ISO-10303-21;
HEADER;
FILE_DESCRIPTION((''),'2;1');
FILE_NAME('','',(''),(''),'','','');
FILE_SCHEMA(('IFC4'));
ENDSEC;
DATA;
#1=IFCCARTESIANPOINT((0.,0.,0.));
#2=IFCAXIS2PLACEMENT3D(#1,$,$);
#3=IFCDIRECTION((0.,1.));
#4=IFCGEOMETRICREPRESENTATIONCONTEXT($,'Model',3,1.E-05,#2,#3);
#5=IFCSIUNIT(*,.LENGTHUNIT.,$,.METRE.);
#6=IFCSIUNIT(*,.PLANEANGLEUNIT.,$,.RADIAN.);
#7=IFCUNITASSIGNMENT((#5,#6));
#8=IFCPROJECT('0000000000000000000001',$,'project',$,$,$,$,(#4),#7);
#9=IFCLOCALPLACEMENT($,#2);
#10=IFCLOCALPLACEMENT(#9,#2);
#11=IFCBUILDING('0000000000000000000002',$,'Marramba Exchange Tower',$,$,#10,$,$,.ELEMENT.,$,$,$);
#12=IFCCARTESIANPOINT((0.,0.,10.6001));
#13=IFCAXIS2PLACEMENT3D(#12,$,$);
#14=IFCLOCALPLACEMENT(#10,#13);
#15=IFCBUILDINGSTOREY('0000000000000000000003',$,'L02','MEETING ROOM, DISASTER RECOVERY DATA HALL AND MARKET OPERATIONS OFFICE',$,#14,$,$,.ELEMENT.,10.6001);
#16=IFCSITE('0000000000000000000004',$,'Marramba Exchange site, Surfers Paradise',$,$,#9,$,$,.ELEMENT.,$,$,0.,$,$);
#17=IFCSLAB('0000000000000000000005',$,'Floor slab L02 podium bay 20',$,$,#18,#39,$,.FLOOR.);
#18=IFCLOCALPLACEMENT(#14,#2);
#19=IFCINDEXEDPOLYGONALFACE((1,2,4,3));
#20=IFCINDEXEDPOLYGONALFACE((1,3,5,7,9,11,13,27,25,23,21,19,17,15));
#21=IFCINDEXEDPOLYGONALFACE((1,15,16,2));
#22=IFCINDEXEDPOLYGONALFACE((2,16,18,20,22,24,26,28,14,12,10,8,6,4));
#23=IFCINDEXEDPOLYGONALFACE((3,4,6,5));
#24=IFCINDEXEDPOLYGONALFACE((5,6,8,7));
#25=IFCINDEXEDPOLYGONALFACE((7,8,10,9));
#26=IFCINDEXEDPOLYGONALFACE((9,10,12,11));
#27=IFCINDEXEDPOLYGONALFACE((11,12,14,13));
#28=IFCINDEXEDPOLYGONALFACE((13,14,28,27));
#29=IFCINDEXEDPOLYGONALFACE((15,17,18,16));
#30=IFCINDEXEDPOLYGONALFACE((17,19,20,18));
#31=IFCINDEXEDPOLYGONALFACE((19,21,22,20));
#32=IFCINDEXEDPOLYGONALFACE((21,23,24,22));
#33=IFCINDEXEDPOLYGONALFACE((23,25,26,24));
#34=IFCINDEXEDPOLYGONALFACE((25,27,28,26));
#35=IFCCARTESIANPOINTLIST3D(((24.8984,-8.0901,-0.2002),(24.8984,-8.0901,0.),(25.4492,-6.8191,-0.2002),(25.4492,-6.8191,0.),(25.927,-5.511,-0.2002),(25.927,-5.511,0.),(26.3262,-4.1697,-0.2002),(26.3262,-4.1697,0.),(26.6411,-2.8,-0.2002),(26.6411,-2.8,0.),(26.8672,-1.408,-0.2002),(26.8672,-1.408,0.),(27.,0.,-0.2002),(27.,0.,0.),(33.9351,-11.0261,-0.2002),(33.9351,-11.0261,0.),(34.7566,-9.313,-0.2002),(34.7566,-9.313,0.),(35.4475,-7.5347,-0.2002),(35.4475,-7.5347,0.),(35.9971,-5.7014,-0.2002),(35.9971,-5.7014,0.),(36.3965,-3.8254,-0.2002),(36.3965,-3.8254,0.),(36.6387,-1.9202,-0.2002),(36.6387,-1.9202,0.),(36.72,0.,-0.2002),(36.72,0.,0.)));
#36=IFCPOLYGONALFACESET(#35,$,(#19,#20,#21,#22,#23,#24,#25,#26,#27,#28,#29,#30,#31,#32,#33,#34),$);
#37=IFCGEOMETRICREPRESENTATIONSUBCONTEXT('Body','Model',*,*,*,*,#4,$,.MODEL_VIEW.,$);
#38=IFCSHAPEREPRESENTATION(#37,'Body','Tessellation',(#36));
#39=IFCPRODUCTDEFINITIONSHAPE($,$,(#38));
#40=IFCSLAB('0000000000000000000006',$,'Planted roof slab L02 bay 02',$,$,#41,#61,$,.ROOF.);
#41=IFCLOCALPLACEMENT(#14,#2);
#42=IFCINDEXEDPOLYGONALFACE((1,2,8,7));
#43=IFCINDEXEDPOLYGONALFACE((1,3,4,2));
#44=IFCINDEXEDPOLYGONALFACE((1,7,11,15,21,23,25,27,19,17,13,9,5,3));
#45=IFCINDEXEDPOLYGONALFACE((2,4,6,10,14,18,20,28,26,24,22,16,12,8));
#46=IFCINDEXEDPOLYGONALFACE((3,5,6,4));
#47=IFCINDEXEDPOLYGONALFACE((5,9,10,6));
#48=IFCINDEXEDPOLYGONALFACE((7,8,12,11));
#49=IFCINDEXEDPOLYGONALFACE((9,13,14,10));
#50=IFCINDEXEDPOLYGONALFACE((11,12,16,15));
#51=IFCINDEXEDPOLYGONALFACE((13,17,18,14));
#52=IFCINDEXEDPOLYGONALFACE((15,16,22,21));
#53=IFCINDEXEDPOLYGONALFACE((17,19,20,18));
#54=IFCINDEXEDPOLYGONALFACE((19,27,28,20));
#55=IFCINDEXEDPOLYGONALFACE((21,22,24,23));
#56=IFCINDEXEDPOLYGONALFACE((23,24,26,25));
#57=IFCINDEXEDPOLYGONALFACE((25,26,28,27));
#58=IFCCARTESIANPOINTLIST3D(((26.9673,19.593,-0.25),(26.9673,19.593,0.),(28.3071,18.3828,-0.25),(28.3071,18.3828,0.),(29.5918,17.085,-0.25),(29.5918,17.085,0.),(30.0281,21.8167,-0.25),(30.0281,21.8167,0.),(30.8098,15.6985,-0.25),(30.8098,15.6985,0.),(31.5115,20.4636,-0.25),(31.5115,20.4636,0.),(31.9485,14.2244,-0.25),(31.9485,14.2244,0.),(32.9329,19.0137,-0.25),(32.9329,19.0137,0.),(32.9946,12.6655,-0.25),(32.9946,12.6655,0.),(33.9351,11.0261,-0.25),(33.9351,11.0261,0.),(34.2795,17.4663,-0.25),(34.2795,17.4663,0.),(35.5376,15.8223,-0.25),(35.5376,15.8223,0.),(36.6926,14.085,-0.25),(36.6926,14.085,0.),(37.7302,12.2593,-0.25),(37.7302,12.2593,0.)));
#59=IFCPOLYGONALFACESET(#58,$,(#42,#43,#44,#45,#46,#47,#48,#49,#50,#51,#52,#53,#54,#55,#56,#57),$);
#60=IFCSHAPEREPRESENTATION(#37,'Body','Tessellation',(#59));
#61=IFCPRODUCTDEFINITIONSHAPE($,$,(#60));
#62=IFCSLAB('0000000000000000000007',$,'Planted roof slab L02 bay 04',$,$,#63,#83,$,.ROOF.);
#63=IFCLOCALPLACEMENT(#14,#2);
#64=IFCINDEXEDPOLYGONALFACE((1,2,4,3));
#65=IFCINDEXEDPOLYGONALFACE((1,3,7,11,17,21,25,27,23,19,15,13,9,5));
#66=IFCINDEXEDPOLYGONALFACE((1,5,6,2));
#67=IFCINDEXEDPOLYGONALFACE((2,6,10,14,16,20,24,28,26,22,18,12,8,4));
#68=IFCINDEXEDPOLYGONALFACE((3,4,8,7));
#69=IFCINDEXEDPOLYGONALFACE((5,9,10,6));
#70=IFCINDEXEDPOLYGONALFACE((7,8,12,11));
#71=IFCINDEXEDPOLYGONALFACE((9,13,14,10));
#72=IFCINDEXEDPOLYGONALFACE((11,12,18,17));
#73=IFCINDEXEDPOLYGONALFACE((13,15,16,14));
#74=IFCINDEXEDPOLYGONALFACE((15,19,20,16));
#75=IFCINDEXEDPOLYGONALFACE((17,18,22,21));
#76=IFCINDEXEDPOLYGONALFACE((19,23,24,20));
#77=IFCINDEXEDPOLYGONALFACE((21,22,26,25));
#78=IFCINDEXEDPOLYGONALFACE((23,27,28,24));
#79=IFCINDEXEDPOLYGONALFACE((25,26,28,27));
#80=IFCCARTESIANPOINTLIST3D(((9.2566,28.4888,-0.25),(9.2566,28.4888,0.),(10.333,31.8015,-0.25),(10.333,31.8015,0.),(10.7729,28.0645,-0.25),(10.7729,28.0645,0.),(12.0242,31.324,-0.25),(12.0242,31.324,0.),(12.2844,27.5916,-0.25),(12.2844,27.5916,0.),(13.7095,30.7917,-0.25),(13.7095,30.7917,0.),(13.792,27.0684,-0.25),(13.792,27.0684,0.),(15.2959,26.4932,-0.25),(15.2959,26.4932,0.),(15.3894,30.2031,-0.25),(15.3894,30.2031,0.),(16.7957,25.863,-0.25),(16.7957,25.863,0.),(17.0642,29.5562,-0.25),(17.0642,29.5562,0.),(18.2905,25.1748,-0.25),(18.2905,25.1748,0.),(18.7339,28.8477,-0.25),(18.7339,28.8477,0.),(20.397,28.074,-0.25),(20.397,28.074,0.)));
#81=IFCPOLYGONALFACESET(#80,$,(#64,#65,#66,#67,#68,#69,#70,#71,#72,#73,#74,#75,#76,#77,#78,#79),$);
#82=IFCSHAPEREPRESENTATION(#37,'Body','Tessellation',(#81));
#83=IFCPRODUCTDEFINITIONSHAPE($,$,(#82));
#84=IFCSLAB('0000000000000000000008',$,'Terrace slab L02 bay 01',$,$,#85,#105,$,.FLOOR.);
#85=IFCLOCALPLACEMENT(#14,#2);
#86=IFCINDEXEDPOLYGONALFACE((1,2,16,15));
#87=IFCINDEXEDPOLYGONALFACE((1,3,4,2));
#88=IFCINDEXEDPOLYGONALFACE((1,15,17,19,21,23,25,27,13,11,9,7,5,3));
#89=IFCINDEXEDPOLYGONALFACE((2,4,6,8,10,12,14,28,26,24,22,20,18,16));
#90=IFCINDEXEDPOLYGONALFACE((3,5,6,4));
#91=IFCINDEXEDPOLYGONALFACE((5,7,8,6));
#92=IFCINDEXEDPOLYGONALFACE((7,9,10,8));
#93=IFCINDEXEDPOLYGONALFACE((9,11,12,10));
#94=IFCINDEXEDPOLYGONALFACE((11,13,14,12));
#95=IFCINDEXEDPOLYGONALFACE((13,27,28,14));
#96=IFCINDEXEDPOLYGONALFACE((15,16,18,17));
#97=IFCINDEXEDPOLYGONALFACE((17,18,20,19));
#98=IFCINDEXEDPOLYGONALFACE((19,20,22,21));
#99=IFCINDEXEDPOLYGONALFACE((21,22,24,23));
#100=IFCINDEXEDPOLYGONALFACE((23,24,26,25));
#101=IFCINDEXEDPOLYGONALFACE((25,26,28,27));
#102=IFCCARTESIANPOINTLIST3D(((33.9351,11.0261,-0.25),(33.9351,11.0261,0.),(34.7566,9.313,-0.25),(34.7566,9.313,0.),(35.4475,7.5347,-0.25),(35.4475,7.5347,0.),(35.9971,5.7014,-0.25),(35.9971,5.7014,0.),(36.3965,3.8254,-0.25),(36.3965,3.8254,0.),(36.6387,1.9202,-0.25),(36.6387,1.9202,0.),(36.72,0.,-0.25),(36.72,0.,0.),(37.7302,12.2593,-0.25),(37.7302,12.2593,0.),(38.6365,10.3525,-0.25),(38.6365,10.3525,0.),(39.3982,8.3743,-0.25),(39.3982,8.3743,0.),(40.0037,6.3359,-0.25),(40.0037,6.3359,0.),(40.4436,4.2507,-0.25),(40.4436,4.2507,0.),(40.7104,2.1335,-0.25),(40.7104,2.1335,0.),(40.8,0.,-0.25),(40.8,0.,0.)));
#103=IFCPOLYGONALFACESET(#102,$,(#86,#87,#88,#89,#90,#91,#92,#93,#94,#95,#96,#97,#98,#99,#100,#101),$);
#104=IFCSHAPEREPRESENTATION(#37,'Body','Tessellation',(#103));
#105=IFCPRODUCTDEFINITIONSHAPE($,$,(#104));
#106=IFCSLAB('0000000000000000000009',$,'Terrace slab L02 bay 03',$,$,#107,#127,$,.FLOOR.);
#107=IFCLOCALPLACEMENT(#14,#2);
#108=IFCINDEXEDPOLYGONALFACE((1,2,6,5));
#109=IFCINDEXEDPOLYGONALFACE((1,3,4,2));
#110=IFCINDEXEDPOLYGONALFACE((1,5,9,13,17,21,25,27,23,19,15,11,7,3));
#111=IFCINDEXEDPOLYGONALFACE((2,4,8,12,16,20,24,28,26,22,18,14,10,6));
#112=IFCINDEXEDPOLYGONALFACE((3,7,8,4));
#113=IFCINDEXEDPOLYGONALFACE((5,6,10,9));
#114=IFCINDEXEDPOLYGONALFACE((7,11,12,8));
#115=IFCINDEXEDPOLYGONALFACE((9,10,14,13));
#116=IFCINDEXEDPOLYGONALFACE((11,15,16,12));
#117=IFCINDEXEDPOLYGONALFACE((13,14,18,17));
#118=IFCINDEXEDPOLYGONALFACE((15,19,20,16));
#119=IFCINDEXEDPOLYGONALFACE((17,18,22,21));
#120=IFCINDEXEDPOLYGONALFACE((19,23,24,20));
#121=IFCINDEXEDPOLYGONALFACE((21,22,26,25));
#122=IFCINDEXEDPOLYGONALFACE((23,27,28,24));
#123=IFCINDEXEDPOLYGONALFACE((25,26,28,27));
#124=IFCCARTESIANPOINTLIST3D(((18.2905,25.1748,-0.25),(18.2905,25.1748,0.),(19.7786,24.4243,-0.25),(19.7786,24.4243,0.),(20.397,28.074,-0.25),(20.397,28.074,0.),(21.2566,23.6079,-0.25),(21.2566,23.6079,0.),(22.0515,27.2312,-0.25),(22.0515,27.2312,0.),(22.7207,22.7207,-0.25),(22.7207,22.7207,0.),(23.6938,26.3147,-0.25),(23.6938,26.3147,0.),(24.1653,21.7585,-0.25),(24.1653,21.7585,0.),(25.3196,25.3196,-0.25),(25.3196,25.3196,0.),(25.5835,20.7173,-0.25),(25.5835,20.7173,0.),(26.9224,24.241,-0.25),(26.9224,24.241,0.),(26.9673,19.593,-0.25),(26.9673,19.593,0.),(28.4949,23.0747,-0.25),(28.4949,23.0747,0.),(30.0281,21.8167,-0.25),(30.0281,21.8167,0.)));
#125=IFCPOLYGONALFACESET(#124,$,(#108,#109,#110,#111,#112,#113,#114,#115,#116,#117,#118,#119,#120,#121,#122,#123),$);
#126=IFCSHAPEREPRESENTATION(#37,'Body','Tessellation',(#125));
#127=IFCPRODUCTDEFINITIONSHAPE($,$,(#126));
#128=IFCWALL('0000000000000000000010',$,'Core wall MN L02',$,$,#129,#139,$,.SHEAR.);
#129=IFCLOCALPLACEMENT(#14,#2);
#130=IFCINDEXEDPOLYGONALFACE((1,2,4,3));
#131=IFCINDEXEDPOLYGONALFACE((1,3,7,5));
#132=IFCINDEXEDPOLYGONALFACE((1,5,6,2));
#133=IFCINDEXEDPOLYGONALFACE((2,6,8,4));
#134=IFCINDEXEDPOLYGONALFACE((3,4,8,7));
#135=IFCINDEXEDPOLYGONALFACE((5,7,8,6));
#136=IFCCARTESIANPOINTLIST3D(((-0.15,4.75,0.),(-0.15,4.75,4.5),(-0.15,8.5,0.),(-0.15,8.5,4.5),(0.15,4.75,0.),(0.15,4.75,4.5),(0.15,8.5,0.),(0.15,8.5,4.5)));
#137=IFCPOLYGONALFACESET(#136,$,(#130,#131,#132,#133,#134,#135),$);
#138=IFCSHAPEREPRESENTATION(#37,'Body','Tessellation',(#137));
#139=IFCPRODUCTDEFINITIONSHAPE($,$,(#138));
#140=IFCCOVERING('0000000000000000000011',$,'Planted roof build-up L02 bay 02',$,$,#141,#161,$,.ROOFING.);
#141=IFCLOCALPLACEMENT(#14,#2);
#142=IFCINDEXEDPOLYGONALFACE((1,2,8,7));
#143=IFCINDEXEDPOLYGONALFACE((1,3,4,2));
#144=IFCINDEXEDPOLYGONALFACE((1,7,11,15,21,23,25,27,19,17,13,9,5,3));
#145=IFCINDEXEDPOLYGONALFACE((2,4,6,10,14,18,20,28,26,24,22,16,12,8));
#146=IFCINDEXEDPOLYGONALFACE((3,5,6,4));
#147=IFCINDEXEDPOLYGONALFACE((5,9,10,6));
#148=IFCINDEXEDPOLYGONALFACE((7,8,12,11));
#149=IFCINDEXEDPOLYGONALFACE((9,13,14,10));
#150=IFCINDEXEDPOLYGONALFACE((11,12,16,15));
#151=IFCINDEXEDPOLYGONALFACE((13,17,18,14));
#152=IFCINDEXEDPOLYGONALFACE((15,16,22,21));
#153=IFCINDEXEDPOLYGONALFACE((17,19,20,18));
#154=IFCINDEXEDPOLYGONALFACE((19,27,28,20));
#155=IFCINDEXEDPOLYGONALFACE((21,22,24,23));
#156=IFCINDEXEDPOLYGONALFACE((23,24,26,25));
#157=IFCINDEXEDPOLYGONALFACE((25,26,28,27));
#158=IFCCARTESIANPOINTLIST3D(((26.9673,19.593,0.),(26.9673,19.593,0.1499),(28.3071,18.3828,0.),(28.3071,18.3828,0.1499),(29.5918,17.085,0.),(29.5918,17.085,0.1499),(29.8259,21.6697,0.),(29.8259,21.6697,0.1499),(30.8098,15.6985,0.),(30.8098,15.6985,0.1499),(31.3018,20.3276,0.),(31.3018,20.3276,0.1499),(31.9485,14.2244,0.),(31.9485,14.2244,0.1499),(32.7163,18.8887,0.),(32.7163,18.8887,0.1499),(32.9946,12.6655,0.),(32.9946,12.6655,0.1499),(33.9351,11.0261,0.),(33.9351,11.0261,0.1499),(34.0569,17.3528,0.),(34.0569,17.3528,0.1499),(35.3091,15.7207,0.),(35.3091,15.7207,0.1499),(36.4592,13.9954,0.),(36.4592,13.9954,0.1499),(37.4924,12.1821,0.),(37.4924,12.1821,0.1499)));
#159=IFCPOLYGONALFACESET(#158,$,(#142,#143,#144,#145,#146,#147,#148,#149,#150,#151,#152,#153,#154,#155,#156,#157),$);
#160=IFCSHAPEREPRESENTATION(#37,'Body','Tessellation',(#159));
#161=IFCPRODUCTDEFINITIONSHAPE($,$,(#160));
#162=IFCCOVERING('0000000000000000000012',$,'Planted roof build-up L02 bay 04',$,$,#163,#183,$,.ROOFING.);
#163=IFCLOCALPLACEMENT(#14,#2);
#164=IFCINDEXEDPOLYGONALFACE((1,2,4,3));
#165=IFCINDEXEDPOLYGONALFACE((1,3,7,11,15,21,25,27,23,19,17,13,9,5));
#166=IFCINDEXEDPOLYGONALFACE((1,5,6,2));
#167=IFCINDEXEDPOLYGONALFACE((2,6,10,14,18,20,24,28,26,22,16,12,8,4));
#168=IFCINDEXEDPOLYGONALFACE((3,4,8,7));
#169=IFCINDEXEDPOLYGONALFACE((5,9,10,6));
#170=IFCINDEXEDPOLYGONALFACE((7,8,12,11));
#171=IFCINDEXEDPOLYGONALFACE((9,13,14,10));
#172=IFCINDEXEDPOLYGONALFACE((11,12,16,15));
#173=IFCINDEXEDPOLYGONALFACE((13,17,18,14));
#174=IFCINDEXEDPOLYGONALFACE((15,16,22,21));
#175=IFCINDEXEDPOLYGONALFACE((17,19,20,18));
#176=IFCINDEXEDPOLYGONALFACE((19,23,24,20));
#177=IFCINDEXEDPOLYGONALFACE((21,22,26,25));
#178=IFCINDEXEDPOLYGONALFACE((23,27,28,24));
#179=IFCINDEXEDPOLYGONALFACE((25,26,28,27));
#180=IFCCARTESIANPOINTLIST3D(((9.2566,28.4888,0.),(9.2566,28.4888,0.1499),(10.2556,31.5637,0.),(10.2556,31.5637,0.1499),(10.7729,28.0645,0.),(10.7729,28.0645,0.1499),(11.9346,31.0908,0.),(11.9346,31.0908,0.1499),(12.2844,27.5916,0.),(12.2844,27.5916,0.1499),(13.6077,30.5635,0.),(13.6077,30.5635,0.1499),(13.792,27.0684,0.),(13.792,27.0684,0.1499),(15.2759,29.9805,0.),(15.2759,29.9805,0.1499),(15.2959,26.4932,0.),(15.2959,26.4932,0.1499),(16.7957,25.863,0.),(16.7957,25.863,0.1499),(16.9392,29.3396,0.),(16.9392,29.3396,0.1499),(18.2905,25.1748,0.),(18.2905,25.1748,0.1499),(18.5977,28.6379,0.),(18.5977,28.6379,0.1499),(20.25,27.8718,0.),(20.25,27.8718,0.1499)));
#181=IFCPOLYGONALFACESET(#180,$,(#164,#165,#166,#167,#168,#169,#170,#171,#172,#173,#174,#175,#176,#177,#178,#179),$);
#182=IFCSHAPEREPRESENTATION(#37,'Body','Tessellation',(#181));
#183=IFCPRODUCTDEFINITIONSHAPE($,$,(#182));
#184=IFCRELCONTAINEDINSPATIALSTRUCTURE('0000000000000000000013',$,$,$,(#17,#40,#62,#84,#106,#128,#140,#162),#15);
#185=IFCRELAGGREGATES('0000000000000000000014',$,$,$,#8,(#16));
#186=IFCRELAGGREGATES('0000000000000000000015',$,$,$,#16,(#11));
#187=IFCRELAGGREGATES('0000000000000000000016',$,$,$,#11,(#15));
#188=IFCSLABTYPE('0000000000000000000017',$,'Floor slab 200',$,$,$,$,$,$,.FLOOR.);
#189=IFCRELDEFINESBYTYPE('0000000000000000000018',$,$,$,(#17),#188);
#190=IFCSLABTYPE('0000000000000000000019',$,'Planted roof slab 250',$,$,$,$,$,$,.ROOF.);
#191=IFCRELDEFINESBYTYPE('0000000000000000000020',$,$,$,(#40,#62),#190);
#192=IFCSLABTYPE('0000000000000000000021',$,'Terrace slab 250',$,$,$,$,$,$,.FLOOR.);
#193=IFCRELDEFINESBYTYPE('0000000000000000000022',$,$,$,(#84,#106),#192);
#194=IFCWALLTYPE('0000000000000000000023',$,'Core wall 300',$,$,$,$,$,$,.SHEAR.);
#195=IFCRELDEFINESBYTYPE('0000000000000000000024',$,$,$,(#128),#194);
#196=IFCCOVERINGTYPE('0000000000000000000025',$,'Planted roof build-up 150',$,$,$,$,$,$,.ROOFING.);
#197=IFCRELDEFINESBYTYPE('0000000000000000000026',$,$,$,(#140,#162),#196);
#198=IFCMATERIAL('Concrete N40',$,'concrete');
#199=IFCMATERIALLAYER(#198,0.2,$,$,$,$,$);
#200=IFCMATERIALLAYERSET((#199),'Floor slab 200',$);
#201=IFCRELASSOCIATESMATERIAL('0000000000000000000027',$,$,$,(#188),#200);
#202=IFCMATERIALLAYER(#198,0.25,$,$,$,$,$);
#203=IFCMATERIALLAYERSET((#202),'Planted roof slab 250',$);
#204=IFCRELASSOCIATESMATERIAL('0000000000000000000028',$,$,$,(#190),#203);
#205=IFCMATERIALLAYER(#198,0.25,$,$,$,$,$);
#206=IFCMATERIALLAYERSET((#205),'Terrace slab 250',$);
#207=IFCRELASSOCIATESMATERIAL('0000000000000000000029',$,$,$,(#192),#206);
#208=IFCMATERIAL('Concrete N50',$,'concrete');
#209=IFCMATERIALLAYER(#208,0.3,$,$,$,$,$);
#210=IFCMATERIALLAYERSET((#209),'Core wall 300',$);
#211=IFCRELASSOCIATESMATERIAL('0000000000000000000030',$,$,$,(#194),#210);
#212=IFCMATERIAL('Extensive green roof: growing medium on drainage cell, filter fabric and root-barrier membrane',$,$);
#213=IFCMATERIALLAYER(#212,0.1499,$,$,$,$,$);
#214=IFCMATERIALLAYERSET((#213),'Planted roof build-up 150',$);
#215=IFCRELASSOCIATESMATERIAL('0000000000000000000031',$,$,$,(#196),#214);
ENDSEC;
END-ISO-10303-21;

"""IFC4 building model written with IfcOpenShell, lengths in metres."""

from ifc_helpers import new_model, si_unit, direction, frame, frame_2d, origin, place, context, subcontext, project, spatial, polyline, rectangle, outline, extrude, material, layer, layer_set, type_object, element, save


model = new_model("IFC4")

# Units and contexts
model_context = context("Model", 3, precision=1e-05, world=origin(), true_north=direction((0.0, 1.0)))
body_context = subcontext(model_context, "Body", "Model", "MODEL_VIEW")
ifc_project = project(units=[si_unit("LENGTHUNIT", "METRE"), si_unit("PLANEANGLEUNIT", "RADIAN")], contexts=[model_context])

# Site, building, storey
site_placement = place(None, origin())
site = spatial("IfcSite", under=ifc_project, at=site_placement, Name="Marramba Exchange site, Surfers Paradise", CompositionType="ELEMENT", RefElevation=0.0)
building_placement = place(site_placement, origin())
building = spatial("IfcBuilding", under=site, at=building_placement, Name="Marramba Exchange Tower", CompositionType="ELEMENT")
storey_placement = place(building_placement, frame((0.0, 0.0, 10.6001)))
storey = spatial("IfcBuildingStorey", under=building, at=storey_placement, Name="L02", Description="MEETING ROOM, DISASTER RECOVERY DATA HALL AND MARKET OPERATIONS OFFICE", CompositionType="ELEMENT", Elevation=10.6001)

# Slabs
ifc_material_1 = material(Name="Concrete N40", Category="concrete")
ifc_layer_1 = layer(ifc_material_1, 0.2)
ifc_layer_set_1 = layer_set([ifc_layer_1], Name="Floor slab 200")
slab_type_1 = type_object("IfcSlabType", Name="Floor slab 200", PredefinedType="FLOOR", material=ifc_layer_set_1)
slab_1_placement = place(storey_placement, frame((0.0, 0.0, -0.2002)))
element("IfcSlab", 1, at=slab_1_placement, inside=storey, type_object=slab_type_1, Name="Floor slab L02 podium bay 20", PredefinedType="FLOOR", context=body_context, shape_type="SweptSolid", body=[
    extrude(outline(polyline([(36.3965, -3.8254), (35.9971, -5.7014), (35.4475, -7.5347), (34.7566, -9.313), (33.9351, -11.0261), (24.8984, -8.0901), (25.4492, -6.8191), (25.927, -5.511), (26.3262, -4.1697), (26.6411, -2.8), (26.8672, -1.408), (27.0, 0.0), (36.72, 0.0), (36.6387, -1.9202), (36.3965, -3.8254)])), origin(), (0.0, 0.0, 1.0), 0.2002),
])
ifc_layer_2 = layer(ifc_material_1, 0.25)
ifc_layer_set_2 = layer_set([ifc_layer_2], Name="Planted roof slab 250")
slab_type_2 = type_object("IfcSlabType", Name="Planted roof slab 250", PredefinedType="ROOF", material=ifc_layer_set_2)
slab_2_placement = place(storey_placement, frame((0.0, 0.0, -0.25)))
element("IfcSlab", 2, at=slab_2_placement, inside=storey, type_object=slab_type_2, Name="Planted roof slab L02 bay 02", PredefinedType="ROOF", context=body_context, shape_type="SweptSolid", body=[
    extrude(outline(polyline([(31.5115, 20.4636), (32.9329, 19.0137), (34.2795, 17.4663), (35.5376, 15.8223), (36.6926, 14.085), (37.7302, 12.2593), (33.9351, 11.0261), (32.9946, 12.6655), (31.9485, 14.2244), (30.8098, 15.6985), (29.5918, 17.085), (28.3071, 18.3828), (26.9673, 19.593), (30.0281, 21.8167), (31.5115, 20.4636)])), origin(), (0.0, 0.0, 1.0), 0.25),
])
slab_3_placement = place(storey_placement, frame((0.0, 0.0, -0.25)))
element("IfcSlab", 3, at=slab_3_placement, inside=storey, type_object=slab_type_2, Name="Planted roof slab L02 bay 04", PredefinedType="ROOF", context=body_context, shape_type="SweptSolid", body=[
    extrude(outline(polyline([(12.0242, 31.324), (13.7095, 30.7917), (15.3894, 30.2031), (17.0642, 29.5562), (18.7339, 28.8477), (20.397, 28.074), (18.2905, 25.1748), (16.7957, 25.863), (15.2959, 26.4932), (13.792, 27.0684), (12.2844, 27.5916), (10.7729, 28.0645), (9.2566, 28.4888), (10.333, 31.8015), (12.0242, 31.324)])), origin(), (0.0, 0.0, 1.0), 0.25),
])
ifc_layer_3 = layer(ifc_material_1, 0.25)
ifc_layer_set_3 = layer_set([ifc_layer_3], Name="Terrace slab 250")
slab_type_3 = type_object("IfcSlabType", Name="Terrace slab 250", PredefinedType="FLOOR", material=ifc_layer_set_3)
slab_4_placement = place(storey_placement, frame((0.0, 0.0, -0.25)))
element("IfcSlab", 4, at=slab_4_placement, inside=storey, type_object=slab_type_3, Name="Terrace slab L02 bay 01", PredefinedType="FLOOR", context=body_context, shape_type="SweptSolid", body=[
    extrude(outline(polyline([(38.6365, 10.3525), (39.3982, 8.3743), (40.0037, 6.3359), (40.4436, 4.2507), (40.7104, 2.1335), (40.8, 0.0), (36.72, 0.0), (36.6387, 1.9202), (36.3965, 3.8254), (35.9971, 5.7014), (35.4475, 7.5347), (34.7566, 9.313), (33.9351, 11.0261), (37.7302, 12.2593), (38.6365, 10.3525)])), origin(), (0.0, 0.0, 1.0), 0.25),
])
slab_5_placement = place(storey_placement, frame((0.0, 0.0, -0.25)))
element("IfcSlab", 5, at=slab_5_placement, inside=storey, type_object=slab_type_3, Name="Terrace slab L02 bay 03", PredefinedType="FLOOR", context=body_context, shape_type="SweptSolid", body=[
    extrude(outline(polyline([(22.0515, 27.2312), (23.6938, 26.3147), (25.3196, 25.3196), (26.9224, 24.241), (28.4949, 23.0747), (30.0281, 21.8167), (26.9673, 19.593), (25.5835, 20.7173), (24.1653, 21.7585), (22.7207, 22.7207), (21.2566, 23.6079), (19.7786, 24.4243), (18.2905, 25.1748), (20.397, 28.074), (22.0515, 27.2312)])), origin(), (0.0, 0.0, 1.0), 0.25),
])

# Wall
ifc_material_2 = material(Name="Concrete N50", Category="concrete")
ifc_layer_4 = layer(ifc_material_2, 0.3)
ifc_layer_set_4 = layer_set([ifc_layer_4], Name="Core wall 300")
wall_type = type_object("IfcWallType", Name="Core wall 300", PredefinedType="SHEAR", material=ifc_layer_set_4)
wall_placement = place(storey_placement, frame((0.0, 4.75, 0.0), z_axis=(0.0, 0.0, 1.0), x_axis=(0.0, 1.0, 0.0)))
element("IfcWall", 6, at=wall_placement, inside=storey, type_object=wall_type, Name="Core wall MN L02", PredefinedType="SHEAR", context=body_context, shape_type="SweptSolid", body=[
    extrude(rectangle(XDim=3.75, YDim=0.3, at=frame_2d((1.875, 0.0))), origin(), (0.0, 0.0, 1.0), 4.5),
])

# Coverings
ifc_material_3 = material(Name="Extensive green roof: growing medium on drainage cell, filter fabric and root-barrier membrane")
ifc_layer_5 = layer(ifc_material_3, 0.1499)
ifc_layer_set_5 = layer_set([ifc_layer_5], Name="Planted roof build-up 150")
covering_type = type_object("IfcCoveringType", Name="Planted roof build-up 150", PredefinedType="ROOFING", material=ifc_layer_set_5)
covering_1_placement = place(storey_placement, origin())
element("IfcCovering", 7, at=covering_1_placement, inside=storey, type_object=covering_type, Name="Planted roof build-up L02 bay 02", PredefinedType="ROOFING", context=body_context, shape_type="SweptSolid", body=[
    extrude(outline(polyline([(33.9351, 11.0261), (32.9946, 12.6655), (31.9485, 14.2244), (30.8098, 15.6985), (29.5918, 17.085), (28.3071, 18.3828), (26.9673, 19.593), (29.8259, 21.6697), (31.3018, 20.3276), (32.7163, 18.8887), (34.0569, 17.3528), (35.3091, 15.7207), (36.4592, 13.9954), (37.4924, 12.1821), (33.9351, 11.0261)])), origin(), (0.0, 0.0, 1.0), 0.1499),
])
covering_2_placement = place(storey_placement, origin())
element("IfcCovering", 8, at=covering_2_placement, inside=storey, type_object=covering_type, Name="Planted roof build-up L02 bay 04", PredefinedType="ROOFING", context=body_context, shape_type="SweptSolid", body=[
    extrude(outline(polyline([(18.2905, 25.1748), (16.7957, 25.863), (15.2959, 26.4932), (13.792, 27.0684), (12.2844, 27.5916), (10.7729, 28.0645), (9.2566, 28.4888), (10.2556, 31.5637), (10.2556, 31.5637), (11.9346, 31.0908), (13.6077, 30.5635), (15.2759, 29.9805), (16.9392, 29.3396), (18.5977, 28.6379), (20.25, 27.8718), (18.2905, 25.1748)])), origin(), (0.0, 0.0, 1.0), 0.1499),
])

save(model, "model.ifc")
